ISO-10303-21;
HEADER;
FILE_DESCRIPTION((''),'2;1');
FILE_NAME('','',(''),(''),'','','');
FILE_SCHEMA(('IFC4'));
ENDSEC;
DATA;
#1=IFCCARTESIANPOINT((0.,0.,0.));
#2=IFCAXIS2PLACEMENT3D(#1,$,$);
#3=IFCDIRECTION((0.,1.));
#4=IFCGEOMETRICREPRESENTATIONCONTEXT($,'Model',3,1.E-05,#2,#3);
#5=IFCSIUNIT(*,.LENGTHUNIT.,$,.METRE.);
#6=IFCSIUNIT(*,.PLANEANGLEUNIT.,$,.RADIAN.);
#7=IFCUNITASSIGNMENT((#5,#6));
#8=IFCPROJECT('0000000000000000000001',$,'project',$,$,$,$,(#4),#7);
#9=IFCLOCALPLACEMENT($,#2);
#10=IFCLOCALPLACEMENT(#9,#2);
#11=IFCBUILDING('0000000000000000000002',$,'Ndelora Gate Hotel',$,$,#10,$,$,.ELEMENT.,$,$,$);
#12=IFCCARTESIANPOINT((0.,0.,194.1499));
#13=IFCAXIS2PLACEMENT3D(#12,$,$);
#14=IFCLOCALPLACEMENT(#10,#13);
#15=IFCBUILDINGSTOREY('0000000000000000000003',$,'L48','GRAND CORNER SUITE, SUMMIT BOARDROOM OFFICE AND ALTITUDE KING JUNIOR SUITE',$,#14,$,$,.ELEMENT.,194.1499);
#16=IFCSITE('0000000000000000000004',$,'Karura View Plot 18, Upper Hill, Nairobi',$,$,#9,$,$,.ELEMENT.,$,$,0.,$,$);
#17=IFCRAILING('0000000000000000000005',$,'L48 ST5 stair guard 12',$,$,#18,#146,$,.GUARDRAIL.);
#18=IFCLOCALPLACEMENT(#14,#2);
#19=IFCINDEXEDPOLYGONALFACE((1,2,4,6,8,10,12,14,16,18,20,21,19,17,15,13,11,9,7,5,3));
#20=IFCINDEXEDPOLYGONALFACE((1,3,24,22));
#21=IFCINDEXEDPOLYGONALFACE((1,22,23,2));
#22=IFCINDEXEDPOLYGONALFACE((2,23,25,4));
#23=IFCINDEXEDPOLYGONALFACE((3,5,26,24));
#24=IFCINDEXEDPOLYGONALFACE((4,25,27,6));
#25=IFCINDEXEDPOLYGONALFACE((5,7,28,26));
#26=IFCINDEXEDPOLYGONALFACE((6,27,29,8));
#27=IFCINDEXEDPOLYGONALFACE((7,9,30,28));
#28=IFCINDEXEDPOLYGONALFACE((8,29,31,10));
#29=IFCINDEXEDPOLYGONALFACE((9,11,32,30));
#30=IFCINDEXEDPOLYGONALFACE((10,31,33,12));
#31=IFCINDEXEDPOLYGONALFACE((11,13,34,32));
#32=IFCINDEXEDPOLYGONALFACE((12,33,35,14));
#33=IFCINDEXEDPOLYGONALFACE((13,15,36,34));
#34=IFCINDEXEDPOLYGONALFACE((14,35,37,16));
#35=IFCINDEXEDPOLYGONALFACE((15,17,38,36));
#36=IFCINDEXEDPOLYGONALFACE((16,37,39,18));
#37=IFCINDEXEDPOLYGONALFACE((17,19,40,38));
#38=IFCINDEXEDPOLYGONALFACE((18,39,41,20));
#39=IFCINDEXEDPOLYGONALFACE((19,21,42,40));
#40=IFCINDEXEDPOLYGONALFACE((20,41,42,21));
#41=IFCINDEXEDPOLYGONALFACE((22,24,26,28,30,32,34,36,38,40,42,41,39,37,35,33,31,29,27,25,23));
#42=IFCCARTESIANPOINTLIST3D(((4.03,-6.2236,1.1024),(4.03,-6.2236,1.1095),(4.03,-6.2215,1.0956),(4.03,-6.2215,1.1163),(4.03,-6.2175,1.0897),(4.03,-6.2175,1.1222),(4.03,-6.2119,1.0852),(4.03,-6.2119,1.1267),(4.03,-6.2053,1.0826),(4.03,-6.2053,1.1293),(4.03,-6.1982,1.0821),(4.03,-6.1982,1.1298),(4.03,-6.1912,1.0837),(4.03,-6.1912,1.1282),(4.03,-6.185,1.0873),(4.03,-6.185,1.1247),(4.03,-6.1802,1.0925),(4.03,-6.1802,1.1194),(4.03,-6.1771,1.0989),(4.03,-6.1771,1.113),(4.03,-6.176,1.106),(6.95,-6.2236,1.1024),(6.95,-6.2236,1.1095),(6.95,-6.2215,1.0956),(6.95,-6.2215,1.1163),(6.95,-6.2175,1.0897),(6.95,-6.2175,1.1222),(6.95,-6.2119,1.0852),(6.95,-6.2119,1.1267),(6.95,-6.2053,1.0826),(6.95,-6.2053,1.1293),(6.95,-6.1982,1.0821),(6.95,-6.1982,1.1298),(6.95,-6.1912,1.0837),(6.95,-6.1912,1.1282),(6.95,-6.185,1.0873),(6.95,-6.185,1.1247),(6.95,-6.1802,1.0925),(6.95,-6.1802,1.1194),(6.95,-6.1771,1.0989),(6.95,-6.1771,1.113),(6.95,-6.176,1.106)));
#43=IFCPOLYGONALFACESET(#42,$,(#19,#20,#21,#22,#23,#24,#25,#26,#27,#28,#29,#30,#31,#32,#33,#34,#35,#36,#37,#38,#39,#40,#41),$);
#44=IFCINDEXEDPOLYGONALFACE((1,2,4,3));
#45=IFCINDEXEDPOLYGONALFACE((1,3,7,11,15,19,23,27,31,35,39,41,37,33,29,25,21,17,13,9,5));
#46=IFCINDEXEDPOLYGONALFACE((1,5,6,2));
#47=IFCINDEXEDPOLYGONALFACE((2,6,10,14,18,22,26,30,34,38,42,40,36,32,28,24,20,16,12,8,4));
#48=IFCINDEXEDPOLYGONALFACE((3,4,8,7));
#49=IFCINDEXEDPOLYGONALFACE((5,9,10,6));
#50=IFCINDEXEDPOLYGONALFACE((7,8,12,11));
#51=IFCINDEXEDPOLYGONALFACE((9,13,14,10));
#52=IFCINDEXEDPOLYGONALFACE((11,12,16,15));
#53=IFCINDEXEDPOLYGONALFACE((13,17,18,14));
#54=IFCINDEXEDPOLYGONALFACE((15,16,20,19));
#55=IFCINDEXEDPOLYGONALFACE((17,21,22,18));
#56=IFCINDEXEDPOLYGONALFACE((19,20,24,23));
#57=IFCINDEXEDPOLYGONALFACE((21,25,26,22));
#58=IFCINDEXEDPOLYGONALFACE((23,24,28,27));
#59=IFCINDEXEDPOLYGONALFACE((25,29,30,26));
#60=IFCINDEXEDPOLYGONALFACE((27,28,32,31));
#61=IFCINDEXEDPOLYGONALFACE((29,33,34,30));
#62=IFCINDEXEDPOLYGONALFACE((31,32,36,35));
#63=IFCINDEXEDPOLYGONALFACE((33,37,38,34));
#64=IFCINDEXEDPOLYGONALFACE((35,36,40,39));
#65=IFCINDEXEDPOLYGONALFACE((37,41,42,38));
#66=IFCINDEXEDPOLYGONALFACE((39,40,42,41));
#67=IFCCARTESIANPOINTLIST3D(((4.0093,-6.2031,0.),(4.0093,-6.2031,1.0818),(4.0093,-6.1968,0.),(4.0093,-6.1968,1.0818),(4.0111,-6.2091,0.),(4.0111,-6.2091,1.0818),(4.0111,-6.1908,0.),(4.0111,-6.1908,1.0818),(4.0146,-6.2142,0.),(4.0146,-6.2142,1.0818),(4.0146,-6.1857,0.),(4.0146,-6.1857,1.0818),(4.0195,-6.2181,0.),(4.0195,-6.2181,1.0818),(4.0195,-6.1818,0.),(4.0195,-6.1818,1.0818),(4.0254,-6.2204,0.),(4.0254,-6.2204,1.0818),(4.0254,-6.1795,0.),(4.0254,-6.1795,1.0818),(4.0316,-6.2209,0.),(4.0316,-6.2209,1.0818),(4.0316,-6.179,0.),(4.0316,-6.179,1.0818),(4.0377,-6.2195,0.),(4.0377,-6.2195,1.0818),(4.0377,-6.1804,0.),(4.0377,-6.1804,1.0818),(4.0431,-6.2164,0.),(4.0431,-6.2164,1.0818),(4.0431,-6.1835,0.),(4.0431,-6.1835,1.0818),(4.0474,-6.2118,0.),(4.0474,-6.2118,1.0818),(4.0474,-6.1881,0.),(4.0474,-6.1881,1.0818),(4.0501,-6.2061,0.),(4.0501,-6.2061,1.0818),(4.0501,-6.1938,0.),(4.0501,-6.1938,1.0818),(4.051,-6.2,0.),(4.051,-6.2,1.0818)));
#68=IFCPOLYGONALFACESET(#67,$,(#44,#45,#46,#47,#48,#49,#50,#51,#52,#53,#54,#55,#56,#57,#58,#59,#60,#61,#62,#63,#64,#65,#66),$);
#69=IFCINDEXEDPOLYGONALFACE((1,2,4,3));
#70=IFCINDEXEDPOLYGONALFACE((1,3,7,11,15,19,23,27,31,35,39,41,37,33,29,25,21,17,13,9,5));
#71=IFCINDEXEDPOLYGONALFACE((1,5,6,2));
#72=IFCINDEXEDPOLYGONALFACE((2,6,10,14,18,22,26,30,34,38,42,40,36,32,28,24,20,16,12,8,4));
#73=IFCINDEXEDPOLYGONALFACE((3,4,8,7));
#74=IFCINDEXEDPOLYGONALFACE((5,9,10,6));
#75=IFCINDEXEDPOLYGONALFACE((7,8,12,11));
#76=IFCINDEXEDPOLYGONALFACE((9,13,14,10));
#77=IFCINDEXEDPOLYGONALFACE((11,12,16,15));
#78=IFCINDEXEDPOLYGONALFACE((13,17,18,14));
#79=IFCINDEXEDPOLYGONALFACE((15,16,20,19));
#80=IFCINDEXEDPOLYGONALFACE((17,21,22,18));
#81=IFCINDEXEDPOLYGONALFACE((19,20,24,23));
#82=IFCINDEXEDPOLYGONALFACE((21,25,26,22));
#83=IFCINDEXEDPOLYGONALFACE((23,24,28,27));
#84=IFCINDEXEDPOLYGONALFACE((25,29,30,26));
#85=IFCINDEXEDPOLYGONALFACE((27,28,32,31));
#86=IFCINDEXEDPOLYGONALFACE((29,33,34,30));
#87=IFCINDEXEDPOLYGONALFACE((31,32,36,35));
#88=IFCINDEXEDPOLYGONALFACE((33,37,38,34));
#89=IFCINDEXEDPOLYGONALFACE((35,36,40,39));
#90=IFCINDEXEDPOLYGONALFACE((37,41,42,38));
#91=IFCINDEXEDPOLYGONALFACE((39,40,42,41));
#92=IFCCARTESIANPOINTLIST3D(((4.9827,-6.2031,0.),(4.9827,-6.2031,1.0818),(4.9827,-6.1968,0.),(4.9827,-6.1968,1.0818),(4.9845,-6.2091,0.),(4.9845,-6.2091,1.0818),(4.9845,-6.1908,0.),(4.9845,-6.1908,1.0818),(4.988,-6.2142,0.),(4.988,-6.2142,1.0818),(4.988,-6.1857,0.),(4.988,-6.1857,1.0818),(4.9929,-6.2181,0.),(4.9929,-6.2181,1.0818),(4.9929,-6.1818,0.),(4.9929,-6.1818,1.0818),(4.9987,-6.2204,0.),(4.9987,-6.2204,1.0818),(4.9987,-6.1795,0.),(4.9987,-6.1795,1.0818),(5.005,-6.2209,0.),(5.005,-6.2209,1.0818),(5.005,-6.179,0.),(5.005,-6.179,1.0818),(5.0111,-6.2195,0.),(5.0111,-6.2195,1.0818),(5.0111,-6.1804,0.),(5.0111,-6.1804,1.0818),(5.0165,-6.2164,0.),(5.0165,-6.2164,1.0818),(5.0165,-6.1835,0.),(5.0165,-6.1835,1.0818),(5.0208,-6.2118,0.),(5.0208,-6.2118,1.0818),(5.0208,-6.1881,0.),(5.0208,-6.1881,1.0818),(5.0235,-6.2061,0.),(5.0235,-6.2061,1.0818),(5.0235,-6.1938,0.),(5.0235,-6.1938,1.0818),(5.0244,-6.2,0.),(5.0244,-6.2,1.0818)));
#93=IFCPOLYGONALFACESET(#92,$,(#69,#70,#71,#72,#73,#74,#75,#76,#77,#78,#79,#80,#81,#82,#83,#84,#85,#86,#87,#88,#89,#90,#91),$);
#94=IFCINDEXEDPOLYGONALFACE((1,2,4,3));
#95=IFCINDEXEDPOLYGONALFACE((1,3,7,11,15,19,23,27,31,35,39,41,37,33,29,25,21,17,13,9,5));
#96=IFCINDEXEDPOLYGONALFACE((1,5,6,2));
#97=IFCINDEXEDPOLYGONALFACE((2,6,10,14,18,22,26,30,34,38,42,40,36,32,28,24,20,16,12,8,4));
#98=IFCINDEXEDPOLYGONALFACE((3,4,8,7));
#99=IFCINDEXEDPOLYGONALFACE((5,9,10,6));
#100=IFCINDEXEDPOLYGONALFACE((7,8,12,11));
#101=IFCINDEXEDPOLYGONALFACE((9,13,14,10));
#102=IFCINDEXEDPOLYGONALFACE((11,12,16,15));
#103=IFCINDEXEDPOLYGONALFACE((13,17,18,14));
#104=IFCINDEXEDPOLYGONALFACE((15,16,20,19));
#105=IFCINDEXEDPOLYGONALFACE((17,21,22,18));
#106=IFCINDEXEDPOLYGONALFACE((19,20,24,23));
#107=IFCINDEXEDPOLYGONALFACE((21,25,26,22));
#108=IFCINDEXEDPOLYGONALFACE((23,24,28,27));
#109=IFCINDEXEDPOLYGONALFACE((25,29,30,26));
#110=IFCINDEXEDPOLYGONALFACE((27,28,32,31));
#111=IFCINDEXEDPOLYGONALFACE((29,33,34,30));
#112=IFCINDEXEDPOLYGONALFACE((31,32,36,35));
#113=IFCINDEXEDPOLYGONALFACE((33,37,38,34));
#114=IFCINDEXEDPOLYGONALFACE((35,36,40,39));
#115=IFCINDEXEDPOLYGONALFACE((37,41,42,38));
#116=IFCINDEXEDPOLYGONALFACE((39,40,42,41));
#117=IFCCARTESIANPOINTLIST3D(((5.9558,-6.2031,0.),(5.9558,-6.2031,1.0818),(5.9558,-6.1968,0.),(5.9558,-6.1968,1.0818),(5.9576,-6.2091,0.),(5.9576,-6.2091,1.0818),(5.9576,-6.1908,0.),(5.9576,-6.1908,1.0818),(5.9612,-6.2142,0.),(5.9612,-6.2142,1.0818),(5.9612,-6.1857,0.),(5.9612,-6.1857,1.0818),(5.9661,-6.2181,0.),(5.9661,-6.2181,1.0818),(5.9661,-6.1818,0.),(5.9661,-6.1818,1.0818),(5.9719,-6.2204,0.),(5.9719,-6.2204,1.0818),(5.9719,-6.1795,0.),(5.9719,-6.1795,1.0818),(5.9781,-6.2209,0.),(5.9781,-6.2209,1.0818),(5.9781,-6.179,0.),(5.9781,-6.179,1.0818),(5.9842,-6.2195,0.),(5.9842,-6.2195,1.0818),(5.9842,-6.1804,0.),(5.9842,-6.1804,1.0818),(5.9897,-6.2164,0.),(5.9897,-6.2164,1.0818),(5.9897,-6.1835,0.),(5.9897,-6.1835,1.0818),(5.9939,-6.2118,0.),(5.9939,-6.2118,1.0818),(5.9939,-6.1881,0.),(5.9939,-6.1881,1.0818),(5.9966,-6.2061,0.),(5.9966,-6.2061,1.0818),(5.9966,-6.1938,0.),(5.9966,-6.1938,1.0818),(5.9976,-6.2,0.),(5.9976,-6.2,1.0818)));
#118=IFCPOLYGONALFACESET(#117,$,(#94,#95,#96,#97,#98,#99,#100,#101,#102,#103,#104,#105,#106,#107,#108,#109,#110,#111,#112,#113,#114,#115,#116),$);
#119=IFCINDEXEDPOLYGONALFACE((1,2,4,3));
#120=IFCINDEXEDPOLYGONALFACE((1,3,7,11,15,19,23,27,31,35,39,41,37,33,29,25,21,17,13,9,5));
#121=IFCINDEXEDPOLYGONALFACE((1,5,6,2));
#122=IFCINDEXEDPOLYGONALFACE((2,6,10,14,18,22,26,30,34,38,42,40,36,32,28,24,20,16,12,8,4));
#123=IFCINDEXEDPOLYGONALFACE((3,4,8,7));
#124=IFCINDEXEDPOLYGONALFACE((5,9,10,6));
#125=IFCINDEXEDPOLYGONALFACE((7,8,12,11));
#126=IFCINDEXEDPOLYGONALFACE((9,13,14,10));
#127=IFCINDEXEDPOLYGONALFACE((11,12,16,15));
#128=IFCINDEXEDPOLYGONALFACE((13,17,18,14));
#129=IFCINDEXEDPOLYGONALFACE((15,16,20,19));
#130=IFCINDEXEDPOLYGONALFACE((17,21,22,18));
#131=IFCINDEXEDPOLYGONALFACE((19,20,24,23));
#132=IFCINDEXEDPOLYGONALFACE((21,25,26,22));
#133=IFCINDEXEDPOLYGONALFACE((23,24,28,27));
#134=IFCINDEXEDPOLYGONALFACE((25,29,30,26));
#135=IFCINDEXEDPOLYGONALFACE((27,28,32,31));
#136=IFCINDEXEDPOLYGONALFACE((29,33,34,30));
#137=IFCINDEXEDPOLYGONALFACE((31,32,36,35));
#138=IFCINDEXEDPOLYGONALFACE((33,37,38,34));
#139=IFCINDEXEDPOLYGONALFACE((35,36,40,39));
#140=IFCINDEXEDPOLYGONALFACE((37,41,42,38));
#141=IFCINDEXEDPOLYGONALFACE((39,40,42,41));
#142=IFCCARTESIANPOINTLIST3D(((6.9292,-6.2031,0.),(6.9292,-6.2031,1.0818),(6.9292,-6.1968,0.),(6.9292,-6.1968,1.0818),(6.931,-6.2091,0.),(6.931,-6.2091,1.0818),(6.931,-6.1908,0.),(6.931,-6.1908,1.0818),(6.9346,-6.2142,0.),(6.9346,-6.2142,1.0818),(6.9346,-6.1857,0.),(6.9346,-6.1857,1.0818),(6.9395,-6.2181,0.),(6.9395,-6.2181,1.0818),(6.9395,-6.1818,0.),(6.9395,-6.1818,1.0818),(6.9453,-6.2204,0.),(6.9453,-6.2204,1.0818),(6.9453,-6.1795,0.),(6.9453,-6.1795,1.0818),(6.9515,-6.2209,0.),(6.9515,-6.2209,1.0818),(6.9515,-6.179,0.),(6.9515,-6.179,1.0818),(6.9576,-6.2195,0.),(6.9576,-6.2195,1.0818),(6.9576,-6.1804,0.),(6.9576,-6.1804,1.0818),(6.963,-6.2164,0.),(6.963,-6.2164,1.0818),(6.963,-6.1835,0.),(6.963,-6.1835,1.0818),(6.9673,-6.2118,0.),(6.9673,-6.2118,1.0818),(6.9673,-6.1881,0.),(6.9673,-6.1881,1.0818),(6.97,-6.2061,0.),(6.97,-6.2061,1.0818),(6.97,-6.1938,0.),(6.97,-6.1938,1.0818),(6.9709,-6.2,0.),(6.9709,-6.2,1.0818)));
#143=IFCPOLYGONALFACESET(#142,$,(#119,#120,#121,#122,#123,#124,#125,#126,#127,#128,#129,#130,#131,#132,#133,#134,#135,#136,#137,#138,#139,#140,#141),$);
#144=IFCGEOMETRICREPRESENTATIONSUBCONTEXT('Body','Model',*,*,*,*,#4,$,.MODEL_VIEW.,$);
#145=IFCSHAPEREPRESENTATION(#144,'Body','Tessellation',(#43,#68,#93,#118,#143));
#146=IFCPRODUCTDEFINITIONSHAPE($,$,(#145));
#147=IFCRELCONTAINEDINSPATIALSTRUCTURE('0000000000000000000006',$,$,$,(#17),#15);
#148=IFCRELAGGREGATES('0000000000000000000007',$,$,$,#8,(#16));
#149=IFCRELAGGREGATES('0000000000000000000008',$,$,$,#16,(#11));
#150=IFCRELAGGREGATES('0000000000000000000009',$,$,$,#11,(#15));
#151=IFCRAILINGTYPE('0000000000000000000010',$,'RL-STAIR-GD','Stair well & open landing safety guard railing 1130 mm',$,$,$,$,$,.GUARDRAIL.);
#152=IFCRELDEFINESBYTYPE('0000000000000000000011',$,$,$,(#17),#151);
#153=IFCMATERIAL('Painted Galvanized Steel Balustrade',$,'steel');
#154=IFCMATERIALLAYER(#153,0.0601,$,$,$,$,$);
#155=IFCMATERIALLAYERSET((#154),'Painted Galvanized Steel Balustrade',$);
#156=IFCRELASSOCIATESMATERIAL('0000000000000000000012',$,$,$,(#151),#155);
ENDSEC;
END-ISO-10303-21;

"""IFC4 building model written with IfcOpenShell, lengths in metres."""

from ifc_helpers import new_model, si_unit, direction, frame, origin, origin_2d, place, context, subcontext, project, spatial, circle, extrude, material, layer, layer_set, type_object, element, save


model = new_model("IFC4")

# Units and contexts
model_context = context("Model", 3, precision=1e-05, world=origin(), true_north=direction((0.0, 1.0)))
body_context = subcontext(model_context, "Body", "Model", "MODEL_VIEW")
ifc_project = project(units=[si_unit("LENGTHUNIT", "METRE"), si_unit("PLANEANGLEUNIT", "RADIAN")], contexts=[model_context])

# Site, building, storey
site_placement = place(None, origin())
site = spatial("IfcSite", under=ifc_project, at=site_placement, Name="Karura View Plot 18, Upper Hill, Nairobi", CompositionType="ELEMENT", RefElevation=0.0)
building_placement = place(site_placement, origin())
building = spatial("IfcBuilding", under=site, at=building_placement, Name="Ndelora Gate Hotel", CompositionType="ELEMENT")
storey_placement = place(building_placement, frame((0.0, 0.0, 194.1499)))
storey = spatial("IfcBuildingStorey", under=building, at=storey_placement, Name="L48", Description="GRAND CORNER SUITE, SUMMIT BOARDROOM OFFICE AND ALTITUDE KING JUNIOR SUITE", CompositionType="ELEMENT", Elevation=194.1499)

# Railing
ifc_material_1 = material(Name="Painted Galvanized Steel Balustrade", Category="steel")
ifc_layer_1 = layer(ifc_material_1, 0.0601)
ifc_layer_set_1 = layer_set([ifc_layer_1], Name="Painted Galvanized Steel Balustrade")
railing_type_1 = type_object("IfcRailingType", Name="RL-STAIR-GD", Description="Stair well & open landing safety guard railing 1130 mm", PredefinedType="GUARDRAIL", material=ifc_layer_set_1)
railing_1_placement = place(storey_placement, frame((4.03, -6.2, 0.0)))
element("IfcRailing", 1, at=railing_1_placement, inside=storey, type_object=railing_type_1, Name="L48 ST5 stair guard 12", PredefinedType="GUARDRAIL", context=body_context, shape_type="SweptSolid", body=[
    extrude(circle(Radius=0.0239, at=origin_2d()), frame((0.0, 0.0, 1.106), z_axis=(1.0, 0.0, 0.0), x_axis=(0.0, 1.0, 0.0)), (0.0, 0.0, 1.0), 2.9199),
    extrude(circle(Radius=0.021, at=origin_2d()), origin(), (0.0, 0.0, 1.0), 1.0818),
    extrude(circle(Radius=0.021, at=origin_2d()), frame((0.9734, 0.0, 0.0)), (0.0, 0.0, 1.0), 1.0818),
    extrude(circle(Radius=0.021, at=origin_2d()), frame((1.9465, 0.0, 0.0)), (0.0, 0.0, 1.0), 1.0818),
    extrude(circle(Radius=0.021, at=origin_2d()), frame((2.9199, 0.0, 0.0)), (0.0, 0.0, 1.0), 1.0818),
])

save(model, "model.ifc")
